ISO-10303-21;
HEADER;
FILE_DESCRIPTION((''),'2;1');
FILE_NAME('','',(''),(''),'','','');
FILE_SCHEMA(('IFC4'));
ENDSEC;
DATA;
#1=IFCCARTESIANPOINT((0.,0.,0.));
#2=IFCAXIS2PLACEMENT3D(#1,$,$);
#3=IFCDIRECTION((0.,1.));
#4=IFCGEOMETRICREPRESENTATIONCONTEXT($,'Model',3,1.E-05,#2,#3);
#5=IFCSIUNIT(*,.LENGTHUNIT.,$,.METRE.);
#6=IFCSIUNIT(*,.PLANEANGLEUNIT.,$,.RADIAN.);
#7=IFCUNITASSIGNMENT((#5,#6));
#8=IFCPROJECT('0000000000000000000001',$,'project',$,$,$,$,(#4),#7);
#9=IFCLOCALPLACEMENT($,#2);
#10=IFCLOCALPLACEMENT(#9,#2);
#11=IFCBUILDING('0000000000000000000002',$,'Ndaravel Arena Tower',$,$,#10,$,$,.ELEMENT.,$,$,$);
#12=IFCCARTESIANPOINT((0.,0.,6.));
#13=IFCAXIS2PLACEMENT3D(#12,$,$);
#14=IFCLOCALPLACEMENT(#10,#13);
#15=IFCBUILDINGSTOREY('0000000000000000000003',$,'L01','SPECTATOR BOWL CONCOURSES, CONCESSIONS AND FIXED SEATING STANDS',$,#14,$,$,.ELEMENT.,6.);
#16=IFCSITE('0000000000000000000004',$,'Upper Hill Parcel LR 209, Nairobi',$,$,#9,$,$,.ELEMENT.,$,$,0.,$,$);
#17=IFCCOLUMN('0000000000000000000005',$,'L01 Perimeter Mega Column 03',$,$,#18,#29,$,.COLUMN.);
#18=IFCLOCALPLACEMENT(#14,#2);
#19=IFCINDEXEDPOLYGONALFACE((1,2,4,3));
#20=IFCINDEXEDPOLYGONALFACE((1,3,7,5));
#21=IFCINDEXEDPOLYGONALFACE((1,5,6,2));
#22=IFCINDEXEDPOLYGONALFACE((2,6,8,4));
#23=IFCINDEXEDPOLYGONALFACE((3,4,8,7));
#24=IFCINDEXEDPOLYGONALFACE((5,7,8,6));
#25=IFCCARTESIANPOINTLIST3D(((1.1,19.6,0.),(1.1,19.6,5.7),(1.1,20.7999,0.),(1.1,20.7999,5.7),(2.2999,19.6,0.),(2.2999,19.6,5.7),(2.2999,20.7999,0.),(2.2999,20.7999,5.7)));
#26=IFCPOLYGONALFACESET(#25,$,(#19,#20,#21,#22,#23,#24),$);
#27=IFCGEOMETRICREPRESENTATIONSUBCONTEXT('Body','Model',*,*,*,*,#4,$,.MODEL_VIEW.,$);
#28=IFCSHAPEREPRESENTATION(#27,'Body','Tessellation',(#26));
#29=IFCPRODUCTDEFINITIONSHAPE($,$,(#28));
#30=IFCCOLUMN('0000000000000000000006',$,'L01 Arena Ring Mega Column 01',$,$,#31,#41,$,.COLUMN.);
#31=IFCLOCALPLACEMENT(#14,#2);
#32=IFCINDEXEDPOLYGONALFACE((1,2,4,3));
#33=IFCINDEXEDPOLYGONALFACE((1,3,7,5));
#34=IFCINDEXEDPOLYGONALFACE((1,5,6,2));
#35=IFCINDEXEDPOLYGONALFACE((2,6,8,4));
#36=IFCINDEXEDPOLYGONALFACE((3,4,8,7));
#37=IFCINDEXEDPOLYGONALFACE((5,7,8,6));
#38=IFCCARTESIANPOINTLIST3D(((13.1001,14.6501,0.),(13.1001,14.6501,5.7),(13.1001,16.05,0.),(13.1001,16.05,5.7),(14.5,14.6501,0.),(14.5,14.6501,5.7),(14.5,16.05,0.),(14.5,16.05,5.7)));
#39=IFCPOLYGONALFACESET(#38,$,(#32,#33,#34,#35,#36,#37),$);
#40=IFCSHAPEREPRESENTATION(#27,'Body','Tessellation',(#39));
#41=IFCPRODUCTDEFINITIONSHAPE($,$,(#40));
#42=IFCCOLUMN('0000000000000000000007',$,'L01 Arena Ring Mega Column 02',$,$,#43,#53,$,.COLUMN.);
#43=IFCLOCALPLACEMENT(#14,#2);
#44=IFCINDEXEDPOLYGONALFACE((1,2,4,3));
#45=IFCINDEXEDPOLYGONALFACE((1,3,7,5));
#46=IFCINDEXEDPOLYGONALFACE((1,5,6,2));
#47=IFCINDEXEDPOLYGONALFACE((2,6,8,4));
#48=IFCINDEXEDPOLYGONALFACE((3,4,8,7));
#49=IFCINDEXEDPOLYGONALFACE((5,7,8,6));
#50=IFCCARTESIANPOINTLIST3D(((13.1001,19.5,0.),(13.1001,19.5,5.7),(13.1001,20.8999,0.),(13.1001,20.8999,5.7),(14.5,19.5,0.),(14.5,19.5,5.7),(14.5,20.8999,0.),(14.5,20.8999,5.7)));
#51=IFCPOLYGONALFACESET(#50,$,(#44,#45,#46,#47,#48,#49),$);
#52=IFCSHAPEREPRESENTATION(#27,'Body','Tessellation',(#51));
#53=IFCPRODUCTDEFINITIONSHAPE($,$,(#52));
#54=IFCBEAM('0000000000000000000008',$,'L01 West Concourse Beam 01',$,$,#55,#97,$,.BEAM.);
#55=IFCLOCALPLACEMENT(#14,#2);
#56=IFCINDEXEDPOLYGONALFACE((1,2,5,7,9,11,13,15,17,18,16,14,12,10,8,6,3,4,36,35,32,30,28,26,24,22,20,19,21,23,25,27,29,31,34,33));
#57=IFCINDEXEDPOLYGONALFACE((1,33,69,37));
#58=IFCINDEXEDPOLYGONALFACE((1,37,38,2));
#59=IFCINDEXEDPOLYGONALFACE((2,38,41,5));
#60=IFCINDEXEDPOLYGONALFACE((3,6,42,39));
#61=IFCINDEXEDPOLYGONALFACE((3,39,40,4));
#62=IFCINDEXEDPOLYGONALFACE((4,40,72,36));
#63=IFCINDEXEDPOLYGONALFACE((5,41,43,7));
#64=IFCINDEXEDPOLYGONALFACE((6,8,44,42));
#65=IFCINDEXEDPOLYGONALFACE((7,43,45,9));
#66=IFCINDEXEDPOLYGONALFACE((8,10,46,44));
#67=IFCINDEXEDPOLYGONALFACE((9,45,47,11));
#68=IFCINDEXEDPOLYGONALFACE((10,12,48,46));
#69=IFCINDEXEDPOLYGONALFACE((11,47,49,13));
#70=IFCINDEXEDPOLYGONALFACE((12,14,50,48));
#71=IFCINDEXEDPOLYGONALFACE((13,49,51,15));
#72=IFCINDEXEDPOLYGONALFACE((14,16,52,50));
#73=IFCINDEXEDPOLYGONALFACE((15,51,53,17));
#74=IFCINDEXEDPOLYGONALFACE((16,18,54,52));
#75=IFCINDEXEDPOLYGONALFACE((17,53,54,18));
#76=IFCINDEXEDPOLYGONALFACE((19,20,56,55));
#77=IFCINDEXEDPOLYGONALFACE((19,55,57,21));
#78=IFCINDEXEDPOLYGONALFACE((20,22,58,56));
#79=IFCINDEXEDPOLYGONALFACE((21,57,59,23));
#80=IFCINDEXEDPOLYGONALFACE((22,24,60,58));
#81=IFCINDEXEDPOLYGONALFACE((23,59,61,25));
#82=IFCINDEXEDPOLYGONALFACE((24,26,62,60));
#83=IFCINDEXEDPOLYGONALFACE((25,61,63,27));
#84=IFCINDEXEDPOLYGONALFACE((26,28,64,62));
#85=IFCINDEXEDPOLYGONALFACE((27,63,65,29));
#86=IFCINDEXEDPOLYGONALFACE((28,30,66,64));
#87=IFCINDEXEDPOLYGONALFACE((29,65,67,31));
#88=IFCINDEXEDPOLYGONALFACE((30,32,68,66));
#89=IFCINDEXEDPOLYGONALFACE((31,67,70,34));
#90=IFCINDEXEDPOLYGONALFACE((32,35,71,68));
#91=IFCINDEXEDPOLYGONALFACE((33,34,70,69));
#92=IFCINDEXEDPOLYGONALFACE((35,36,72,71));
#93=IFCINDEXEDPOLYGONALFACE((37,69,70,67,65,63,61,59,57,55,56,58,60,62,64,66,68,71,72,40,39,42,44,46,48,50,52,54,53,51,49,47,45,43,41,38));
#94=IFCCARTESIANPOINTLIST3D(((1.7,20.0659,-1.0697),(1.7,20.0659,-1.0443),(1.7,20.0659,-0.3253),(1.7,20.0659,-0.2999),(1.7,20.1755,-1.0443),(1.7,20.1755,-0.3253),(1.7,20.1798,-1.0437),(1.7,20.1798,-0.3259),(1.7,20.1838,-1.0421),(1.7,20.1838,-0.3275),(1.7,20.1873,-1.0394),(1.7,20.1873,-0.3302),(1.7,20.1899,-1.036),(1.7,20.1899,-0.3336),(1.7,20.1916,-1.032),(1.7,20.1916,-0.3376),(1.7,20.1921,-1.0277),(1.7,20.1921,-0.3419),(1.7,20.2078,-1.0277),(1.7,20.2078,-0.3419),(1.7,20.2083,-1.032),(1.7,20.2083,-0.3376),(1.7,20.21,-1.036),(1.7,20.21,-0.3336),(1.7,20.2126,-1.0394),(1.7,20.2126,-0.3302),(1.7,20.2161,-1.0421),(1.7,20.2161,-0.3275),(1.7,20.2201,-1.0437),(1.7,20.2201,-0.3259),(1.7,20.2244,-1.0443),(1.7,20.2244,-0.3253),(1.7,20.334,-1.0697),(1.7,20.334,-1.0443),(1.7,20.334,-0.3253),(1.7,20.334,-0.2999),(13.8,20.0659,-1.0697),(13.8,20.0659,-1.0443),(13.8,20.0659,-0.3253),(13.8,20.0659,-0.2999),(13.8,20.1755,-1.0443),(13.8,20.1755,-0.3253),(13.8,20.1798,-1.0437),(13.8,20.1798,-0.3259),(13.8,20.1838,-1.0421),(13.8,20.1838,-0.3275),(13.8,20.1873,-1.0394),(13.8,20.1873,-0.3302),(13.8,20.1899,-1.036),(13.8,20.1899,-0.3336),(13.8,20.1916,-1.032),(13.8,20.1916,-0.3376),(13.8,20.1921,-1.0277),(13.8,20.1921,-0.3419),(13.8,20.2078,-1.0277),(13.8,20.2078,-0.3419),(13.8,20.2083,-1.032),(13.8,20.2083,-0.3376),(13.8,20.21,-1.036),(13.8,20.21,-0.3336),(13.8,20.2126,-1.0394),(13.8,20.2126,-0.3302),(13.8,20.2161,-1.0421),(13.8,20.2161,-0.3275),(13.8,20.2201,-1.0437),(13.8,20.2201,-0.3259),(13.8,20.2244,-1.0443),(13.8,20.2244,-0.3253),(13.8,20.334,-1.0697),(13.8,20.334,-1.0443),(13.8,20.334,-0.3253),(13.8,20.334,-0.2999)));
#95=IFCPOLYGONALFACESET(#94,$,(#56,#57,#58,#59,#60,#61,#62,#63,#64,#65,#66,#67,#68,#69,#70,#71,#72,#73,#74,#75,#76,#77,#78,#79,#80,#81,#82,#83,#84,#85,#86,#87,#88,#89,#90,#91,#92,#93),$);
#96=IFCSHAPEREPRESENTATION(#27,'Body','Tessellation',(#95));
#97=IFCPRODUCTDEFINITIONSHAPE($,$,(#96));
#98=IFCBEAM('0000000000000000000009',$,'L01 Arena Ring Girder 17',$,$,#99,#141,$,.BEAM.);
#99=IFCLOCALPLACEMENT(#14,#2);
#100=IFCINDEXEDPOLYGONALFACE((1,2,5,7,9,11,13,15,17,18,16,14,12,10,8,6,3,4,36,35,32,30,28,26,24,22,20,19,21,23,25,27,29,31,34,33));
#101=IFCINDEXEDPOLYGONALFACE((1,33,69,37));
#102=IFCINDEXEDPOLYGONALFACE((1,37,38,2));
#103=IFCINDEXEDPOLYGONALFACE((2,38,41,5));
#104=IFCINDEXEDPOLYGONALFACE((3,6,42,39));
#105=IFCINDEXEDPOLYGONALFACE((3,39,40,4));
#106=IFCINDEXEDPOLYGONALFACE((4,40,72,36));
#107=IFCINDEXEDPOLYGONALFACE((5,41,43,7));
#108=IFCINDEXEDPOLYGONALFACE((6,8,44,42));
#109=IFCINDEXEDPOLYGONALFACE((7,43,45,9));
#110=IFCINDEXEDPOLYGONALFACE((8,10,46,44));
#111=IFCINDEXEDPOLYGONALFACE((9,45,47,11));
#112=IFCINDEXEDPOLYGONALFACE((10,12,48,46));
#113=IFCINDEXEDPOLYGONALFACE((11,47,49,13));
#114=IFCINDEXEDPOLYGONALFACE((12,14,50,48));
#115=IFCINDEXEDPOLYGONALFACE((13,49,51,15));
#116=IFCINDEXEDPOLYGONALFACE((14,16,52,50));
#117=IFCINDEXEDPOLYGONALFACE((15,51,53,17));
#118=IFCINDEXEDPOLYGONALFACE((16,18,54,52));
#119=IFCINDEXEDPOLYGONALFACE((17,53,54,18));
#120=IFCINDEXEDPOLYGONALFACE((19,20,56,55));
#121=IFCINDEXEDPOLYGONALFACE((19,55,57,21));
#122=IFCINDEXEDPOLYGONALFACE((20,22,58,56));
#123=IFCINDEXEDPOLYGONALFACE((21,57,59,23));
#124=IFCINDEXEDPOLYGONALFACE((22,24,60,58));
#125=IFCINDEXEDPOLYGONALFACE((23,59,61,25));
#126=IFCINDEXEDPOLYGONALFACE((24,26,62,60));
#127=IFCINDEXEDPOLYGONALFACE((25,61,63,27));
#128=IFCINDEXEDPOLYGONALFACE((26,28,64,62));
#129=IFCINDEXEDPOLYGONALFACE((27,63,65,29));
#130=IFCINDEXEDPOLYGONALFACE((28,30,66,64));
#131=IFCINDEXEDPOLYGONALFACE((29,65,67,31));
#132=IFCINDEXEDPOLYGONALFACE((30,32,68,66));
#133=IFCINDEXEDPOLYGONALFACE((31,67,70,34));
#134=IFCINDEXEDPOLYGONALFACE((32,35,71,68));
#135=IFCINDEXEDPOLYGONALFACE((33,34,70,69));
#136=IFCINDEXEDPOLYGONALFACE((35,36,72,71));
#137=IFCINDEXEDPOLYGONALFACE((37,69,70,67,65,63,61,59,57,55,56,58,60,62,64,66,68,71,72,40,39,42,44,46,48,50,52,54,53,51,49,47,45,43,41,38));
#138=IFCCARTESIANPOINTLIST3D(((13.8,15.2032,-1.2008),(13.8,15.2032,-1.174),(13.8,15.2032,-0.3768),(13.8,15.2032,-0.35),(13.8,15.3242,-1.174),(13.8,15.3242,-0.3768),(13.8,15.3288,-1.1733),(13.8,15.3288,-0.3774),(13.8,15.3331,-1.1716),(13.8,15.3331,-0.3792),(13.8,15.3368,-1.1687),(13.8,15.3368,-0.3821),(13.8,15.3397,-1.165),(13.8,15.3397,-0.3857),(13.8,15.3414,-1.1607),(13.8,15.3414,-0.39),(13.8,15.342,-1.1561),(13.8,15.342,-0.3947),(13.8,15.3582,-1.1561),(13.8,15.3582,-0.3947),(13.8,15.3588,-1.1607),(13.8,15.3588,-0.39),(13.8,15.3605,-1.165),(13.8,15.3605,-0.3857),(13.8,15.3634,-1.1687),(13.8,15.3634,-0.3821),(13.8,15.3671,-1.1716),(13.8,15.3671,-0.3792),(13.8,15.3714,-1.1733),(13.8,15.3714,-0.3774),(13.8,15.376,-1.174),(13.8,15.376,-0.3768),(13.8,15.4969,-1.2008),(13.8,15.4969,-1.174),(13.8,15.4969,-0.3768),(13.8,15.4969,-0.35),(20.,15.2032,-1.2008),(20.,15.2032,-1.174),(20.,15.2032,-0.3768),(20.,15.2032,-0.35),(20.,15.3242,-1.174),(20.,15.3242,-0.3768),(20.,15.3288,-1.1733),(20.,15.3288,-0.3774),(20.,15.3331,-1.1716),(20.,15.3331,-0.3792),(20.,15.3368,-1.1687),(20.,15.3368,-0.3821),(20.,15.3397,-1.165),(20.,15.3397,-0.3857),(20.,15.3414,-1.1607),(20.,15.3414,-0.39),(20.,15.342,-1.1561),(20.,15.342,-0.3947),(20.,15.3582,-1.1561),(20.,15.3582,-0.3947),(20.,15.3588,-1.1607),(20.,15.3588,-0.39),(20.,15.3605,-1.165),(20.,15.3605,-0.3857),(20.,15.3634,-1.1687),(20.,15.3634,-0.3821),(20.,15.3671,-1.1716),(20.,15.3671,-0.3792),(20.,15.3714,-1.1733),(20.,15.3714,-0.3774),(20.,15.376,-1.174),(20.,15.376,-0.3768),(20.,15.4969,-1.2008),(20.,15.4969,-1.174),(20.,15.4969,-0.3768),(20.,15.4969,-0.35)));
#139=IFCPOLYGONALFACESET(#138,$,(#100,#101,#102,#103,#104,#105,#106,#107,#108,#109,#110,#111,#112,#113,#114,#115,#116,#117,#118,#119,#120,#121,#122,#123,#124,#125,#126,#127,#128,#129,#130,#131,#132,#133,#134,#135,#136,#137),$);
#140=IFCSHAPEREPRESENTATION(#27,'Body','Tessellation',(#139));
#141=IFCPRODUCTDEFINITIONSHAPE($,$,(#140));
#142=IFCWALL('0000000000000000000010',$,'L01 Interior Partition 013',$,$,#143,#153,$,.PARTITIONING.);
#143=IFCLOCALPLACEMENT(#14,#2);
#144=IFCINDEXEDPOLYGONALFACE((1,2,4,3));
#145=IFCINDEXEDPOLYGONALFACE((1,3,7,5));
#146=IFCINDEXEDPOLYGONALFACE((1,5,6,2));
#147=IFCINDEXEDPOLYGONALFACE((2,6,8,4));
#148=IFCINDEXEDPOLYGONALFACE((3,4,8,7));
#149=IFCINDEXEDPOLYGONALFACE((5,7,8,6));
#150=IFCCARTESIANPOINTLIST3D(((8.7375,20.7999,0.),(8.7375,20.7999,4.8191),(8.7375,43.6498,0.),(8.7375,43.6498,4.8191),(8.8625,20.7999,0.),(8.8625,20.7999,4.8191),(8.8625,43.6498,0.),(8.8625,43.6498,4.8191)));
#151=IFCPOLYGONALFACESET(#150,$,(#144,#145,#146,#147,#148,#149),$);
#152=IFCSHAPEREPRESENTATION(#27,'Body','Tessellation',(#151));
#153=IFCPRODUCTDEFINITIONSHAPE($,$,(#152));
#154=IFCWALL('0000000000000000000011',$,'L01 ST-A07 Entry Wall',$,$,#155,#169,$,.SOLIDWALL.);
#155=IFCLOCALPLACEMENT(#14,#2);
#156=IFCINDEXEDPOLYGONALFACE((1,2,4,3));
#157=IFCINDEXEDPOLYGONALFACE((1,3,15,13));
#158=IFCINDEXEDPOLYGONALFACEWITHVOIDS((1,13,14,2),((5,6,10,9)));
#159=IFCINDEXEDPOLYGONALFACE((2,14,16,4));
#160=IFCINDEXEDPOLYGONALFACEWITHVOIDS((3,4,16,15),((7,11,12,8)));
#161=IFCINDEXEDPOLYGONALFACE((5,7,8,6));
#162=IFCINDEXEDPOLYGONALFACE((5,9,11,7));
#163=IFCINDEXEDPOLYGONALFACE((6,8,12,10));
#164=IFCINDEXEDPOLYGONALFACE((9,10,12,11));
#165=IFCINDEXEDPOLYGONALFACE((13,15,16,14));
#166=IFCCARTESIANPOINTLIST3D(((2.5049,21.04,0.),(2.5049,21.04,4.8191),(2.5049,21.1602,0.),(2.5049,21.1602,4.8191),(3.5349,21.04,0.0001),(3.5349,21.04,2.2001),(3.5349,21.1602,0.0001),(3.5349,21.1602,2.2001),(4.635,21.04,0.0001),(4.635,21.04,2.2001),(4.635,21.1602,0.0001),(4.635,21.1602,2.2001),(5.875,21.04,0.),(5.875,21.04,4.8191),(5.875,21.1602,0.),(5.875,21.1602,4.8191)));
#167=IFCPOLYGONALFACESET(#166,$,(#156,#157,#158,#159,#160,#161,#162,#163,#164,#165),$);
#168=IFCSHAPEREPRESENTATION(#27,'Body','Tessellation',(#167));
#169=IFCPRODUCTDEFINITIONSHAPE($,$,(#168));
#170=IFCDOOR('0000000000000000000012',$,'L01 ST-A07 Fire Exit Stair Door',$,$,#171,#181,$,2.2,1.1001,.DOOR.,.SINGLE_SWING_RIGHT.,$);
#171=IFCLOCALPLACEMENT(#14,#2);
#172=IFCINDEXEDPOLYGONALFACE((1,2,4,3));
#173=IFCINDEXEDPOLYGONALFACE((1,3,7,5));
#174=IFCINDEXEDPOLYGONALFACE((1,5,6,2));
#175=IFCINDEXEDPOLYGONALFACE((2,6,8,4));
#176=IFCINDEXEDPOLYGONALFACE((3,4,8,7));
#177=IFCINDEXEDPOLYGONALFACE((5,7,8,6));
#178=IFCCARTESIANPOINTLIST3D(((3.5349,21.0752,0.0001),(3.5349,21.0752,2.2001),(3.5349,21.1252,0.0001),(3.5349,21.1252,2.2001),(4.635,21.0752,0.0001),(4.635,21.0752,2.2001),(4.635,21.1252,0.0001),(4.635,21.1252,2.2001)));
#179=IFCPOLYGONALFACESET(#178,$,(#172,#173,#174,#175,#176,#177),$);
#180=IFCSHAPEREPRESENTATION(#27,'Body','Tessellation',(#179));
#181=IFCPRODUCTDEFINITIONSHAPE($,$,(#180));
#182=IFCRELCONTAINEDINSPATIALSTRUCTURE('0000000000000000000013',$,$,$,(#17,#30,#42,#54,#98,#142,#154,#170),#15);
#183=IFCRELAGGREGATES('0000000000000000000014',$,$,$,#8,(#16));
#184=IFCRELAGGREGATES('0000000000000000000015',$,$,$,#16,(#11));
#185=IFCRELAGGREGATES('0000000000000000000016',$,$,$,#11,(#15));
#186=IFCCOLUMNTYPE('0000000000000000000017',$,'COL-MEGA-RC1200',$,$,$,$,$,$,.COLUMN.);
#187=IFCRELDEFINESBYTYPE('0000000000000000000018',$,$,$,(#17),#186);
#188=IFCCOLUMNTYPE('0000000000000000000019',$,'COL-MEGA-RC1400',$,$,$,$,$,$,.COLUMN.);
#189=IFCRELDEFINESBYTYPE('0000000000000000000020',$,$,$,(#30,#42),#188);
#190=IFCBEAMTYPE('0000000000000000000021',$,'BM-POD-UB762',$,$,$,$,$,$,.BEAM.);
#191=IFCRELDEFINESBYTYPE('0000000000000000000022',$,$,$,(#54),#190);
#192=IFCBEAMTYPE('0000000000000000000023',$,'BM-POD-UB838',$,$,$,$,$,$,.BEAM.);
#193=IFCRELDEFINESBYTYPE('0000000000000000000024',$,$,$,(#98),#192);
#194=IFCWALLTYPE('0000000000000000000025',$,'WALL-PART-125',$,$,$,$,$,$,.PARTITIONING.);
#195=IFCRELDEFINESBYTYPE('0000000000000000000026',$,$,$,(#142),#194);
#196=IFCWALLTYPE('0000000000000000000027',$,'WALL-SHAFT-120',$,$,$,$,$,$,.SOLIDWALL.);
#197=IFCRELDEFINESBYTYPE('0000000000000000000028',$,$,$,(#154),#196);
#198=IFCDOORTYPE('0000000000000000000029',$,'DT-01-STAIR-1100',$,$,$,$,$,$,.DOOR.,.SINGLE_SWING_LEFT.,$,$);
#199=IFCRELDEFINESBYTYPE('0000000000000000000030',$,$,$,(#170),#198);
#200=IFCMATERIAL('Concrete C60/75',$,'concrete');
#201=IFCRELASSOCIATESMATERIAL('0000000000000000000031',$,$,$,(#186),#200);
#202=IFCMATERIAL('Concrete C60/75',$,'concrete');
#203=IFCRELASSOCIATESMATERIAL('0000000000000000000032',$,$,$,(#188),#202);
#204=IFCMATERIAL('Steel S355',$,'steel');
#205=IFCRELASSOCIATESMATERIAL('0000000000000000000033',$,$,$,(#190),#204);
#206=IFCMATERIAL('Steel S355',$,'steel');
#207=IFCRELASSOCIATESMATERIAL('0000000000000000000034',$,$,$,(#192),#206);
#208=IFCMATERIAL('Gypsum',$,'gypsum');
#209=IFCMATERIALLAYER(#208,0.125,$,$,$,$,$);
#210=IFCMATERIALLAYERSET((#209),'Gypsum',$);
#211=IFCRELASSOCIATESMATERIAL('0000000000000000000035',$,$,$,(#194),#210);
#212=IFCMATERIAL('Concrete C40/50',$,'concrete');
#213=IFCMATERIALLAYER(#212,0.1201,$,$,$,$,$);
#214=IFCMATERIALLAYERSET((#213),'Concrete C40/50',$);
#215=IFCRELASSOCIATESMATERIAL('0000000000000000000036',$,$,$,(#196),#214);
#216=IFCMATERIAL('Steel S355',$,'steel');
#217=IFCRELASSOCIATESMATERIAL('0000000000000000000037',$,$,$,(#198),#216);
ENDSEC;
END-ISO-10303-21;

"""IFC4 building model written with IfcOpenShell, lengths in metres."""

from ifc_helpers import new_model, si_unit, direction, frame, frame_2d, origin, origin_2d, place, context, subcontext, project, spatial, rectangle, i_section, extrude, material, layer, layer_set, material_profile, profile_set, type_object, element, fill, save


model = new_model("IFC4")

# Units and contexts
model_context = context("Model", 3, precision=1e-05, world=origin(), true_north=direction((0.0, 1.0)))
body_context = subcontext(model_context, "Body", "Model", "MODEL_VIEW")
ifc_project = project(units=[si_unit("LENGTHUNIT", "METRE"), si_unit("PLANEANGLEUNIT", "RADIAN")], contexts=[model_context])

# Site, building, storey
site_placement = place(None, origin())
site = spatial("IfcSite", under=ifc_project, at=site_placement, Name="Upper Hill Parcel LR 209, Nairobi", CompositionType="ELEMENT", RefElevation=0.0)
building_placement = place(site_placement, origin())
building = spatial("IfcBuilding", under=site, at=building_placement, Name="Ndaravel Arena Tower", CompositionType="ELEMENT")
storey_placement = place(building_placement, frame((0.0, 0.0, 6.0)))
storey = spatial("IfcBuildingStorey", under=building, at=storey_placement, Name="L01", Description="SPECTATOR BOWL CONCOURSES, CONCESSIONS AND FIXED SEATING STANDS", CompositionType="ELEMENT", Elevation=6.0)

# Columns
ifc_material_1 = material(Name="Concrete C60/75", Category="concrete")
ifc_material_profile_1 = material_profile(ifc_material_1, rectangle(XDim=1.2, YDim=1.2, at=origin_2d()), Name="RC 1200x1200")
ifc_profile_set_1 = profile_set([ifc_material_profile_1], Name="Concrete C60/75")
column_type_1 = type_object("IfcColumnType", Name="COL-MEGA-RC1200", PredefinedType="COLUMN", material=ifc_profile_set_1)
column_placement = place(storey_placement, frame((1.7, 20.2, 0.0), z_axis=(0.0, 0.0, 1.0), x_axis=(1.0, 0.0, 0.0)))
element("IfcColumn", 1, at=column_placement, inside=storey, type_object=column_type_1, Name="L01 Perimeter Mega Column 03", PredefinedType="COLUMN", context=body_context, shape_type="SweptSolid", body=[
    extrude(rectangle(XDim=1.2, YDim=1.2, at=origin_2d()), origin(), (0.0, 0.0, 1.0), 5.7),
])
ifc_material_2 = material(Name="Concrete C60/75", Category="concrete")
ifc_material_profile_2 = material_profile(ifc_material_2, rectangle(XDim=1.3999, YDim=1.3999, at=origin_2d()), Name="RC 1400x1400")
ifc_profile_set_2 = profile_set([ifc_material_profile_2], Name="Concrete C60/75")
column_type_2 = type_object("IfcColumnType", Name="COL-MEGA-RC1400", PredefinedType="COLUMN", material=ifc_profile_set_2)
for number, where, z_axis, x_axis, name in (
    (2, (13.8, 15.3501, 0.0), (0.0, 0.0, 1.0), (1.0, 0.0, 0.0), "L01 Arena Ring Mega Column 01"),
    (3, (13.8, 20.2, 0.0), (0.0, 0.0, 1.0), (1.0, 0.0, 0.0), "L01 Arena Ring Mega Column 02"),
):
    element("IfcColumn", number, at=place(storey_placement, frame(where, z_axis=z_axis, x_axis=x_axis)), inside=storey, type_object=column_type_2, Name=name, PredefinedType="COLUMN", context=body_context, shape_type="SweptSolid", body=[
        extrude(rectangle(XDim=1.3999, YDim=1.3999, at=origin_2d()), origin(), (0.0, 0.0, 1.0), 5.7),
    ])

# Beams
ifc_material_3 = material(Name="Steel S355", Category="steel")
ifc_material_profile_3 = material_profile(ifc_material_3, i_section(OverallWidth=0.2681, OverallDepth=0.7698, WebThickness=0.0156, FlangeThickness=0.0254, FilletRadius=0.0166, at=origin_2d()), Name="UB 762x267x197")
ifc_profile_set_3 = profile_set([ifc_material_profile_3], Name="Steel S355")
beam_type_1 = type_object("IfcBeamType", Name="BM-POD-UB762", PredefinedType="BEAM", material=ifc_profile_set_3)
beam_1_placement = place(storey_placement, frame((1.7, 20.2, -0.6848), z_axis=(1.0, 0.0, 0.0), x_axis=(0.0, 1.0, 0.0)))
element("IfcBeam", 4, at=beam_1_placement, inside=storey, type_object=beam_type_1, Name="L01 West Concourse Beam 01", PredefinedType="BEAM", context=body_context, shape_type="SweptSolid", body=[
    extrude(i_section(OverallWidth=0.2681, OverallDepth=0.7698, WebThickness=0.0156, FlangeThickness=0.0254, FilletRadius=0.0166, at=origin_2d()), origin(), (0.0, 0.0, 1.0), 12.1001),
])
ifc_material_4 = material(Name="Steel S355", Category="steel")
ifc_material_profile_4 = material_profile(ifc_material_4, i_section(OverallWidth=0.2937, OverallDepth=0.8508, WebThickness=0.0161, FlangeThickness=0.0269, FilletRadius=0.0178, at=origin_2d()), Name="UB 838x292x226")
ifc_profile_set_4 = profile_set([ifc_material_profile_4], Name="Steel S355")
beam_type_2 = type_object("IfcBeamType", Name="BM-POD-UB838", PredefinedType="BEAM", material=ifc_profile_set_4)
beam_2_placement = place(storey_placement, frame((13.8, 15.3501, -0.7754), z_axis=(1.0, 0.0, 0.0), x_axis=(0.0, 1.0, 0.0)))
element("IfcBeam", 5, at=beam_2_placement, inside=storey, type_object=beam_type_2, Name="L01 Arena Ring Girder 17", PredefinedType="BEAM", context=body_context, shape_type="SweptSolid", body=[
    extrude(i_section(OverallWidth=0.2937, OverallDepth=0.8508, WebThickness=0.0161, FlangeThickness=0.0269, FilletRadius=0.0178, at=origin_2d()), origin(), (0.0, 0.0, 1.0), 6.2),
])

# Wall
ifc_material_5 = material(Name="Gypsum", Category="gypsum")
ifc_layer_1 = layer(ifc_material_5, 0.125)
ifc_layer_set_1 = layer_set([ifc_layer_1], Name="Gypsum")
wall_type_1 = type_object("IfcWallType", Name="WALL-PART-125", PredefinedType="PARTITIONING", material=ifc_layer_set_1)
wall_1_placement = place(storey_placement, frame((8.8, 20.8, 0.0), z_axis=(0.0, 0.0, 1.0), x_axis=(0.0, 1.0, 0.0)))
element("IfcWall", 6, at=wall_1_placement, inside=storey, type_object=wall_type_1, Name="L01 Interior Partition 013", PredefinedType="PARTITIONING", context=body_context, shape_type="SweptSolid", body=[
    extrude(rectangle(XDim=22.8499, YDim=0.125, at=frame_2d((11.4248, 0.0))), origin(), (0.0, 0.0, 1.0), 4.8191),
])

# Wall, opening, door
ifc_material_6 = material(Name="Concrete C40/50", Category="concrete")
ifc_layer_2 = layer(ifc_material_6, 0.1201)
ifc_layer_set_2 = layer_set([ifc_layer_2], Name="Concrete C40/50")
wall_type_2 = type_object("IfcWallType", Name="WALL-SHAFT-120", PredefinedType="SOLIDWALL", material=ifc_layer_set_2)
wall_2_placement = place(storey_placement, frame((5.875, 21.1001, 0.0), z_axis=(0.0, 0.0, 1.0), x_axis=(-1.0, 0.0, 0.0)))
wall_2 = element("IfcWall", 7, at=wall_2_placement, inside=storey, type_object=wall_type_2, Name="L01 ST-A07 Entry Wall", PredefinedType="SOLIDWALL", context=body_context, shape_type="SweptSolid", body=[
    extrude(rectangle(XDim=3.3701, YDim=0.1201, at=frame_2d((1.6851, 0.0))), origin(), (0.0, 0.0, 1.0), 4.8191),
])
opening_1_placement = place(wall_2_placement, frame((1.24, 0.0, 0.0)))
opening_1 = element("IfcOpeningElement", 8, at=opening_1_placement, cuts=wall_2, PredefinedType="OPENING", context=body_context, shape_type="SweptSolid", body=[
    extrude(rectangle(XDim=1.1001, YDim=2.2, at=frame_2d((0.55, 1.1001))), frame((0.0, 0.0601, 0.0), z_axis=(0.0, -1.0, 0.0), x_axis=(1.0, 0.0, 0.0)), (0.0, 0.0, 1.0), 0.1201),
])
ifc_material_7 = material(Name="Steel S355", Category="steel")
door_type = type_object("IfcDoorType", Name="DT-01-STAIR-1100", OperationType="SINGLE_SWING_LEFT", PredefinedType="DOOR", material=ifc_material_7)
door_1_placement = place(opening_1_placement, origin())
door_1 = element("IfcDoor", 9, at=door_1_placement, inside=storey, type_object=door_type, Name="L01 ST-A07 Fire Exit Stair Door", OperationType="SINGLE_SWING_RIGHT", OverallHeight=2.2, OverallWidth=1.1001, PredefinedType="DOOR", context=body_context, shape_type="SweptSolid", body=[
    extrude(rectangle(XDim=1.1001, YDim=2.2, at=frame_2d((0.55, 1.1001))), frame((0.0, 0.0249, 0.0), z_axis=(0.0, -1.0, 0.0), x_axis=(1.0, 0.0, 0.0)), (0.0, 0.0, 1.0), 0.05),
])
fill(opening_1, door_1)

save(model, "model.ifc")
